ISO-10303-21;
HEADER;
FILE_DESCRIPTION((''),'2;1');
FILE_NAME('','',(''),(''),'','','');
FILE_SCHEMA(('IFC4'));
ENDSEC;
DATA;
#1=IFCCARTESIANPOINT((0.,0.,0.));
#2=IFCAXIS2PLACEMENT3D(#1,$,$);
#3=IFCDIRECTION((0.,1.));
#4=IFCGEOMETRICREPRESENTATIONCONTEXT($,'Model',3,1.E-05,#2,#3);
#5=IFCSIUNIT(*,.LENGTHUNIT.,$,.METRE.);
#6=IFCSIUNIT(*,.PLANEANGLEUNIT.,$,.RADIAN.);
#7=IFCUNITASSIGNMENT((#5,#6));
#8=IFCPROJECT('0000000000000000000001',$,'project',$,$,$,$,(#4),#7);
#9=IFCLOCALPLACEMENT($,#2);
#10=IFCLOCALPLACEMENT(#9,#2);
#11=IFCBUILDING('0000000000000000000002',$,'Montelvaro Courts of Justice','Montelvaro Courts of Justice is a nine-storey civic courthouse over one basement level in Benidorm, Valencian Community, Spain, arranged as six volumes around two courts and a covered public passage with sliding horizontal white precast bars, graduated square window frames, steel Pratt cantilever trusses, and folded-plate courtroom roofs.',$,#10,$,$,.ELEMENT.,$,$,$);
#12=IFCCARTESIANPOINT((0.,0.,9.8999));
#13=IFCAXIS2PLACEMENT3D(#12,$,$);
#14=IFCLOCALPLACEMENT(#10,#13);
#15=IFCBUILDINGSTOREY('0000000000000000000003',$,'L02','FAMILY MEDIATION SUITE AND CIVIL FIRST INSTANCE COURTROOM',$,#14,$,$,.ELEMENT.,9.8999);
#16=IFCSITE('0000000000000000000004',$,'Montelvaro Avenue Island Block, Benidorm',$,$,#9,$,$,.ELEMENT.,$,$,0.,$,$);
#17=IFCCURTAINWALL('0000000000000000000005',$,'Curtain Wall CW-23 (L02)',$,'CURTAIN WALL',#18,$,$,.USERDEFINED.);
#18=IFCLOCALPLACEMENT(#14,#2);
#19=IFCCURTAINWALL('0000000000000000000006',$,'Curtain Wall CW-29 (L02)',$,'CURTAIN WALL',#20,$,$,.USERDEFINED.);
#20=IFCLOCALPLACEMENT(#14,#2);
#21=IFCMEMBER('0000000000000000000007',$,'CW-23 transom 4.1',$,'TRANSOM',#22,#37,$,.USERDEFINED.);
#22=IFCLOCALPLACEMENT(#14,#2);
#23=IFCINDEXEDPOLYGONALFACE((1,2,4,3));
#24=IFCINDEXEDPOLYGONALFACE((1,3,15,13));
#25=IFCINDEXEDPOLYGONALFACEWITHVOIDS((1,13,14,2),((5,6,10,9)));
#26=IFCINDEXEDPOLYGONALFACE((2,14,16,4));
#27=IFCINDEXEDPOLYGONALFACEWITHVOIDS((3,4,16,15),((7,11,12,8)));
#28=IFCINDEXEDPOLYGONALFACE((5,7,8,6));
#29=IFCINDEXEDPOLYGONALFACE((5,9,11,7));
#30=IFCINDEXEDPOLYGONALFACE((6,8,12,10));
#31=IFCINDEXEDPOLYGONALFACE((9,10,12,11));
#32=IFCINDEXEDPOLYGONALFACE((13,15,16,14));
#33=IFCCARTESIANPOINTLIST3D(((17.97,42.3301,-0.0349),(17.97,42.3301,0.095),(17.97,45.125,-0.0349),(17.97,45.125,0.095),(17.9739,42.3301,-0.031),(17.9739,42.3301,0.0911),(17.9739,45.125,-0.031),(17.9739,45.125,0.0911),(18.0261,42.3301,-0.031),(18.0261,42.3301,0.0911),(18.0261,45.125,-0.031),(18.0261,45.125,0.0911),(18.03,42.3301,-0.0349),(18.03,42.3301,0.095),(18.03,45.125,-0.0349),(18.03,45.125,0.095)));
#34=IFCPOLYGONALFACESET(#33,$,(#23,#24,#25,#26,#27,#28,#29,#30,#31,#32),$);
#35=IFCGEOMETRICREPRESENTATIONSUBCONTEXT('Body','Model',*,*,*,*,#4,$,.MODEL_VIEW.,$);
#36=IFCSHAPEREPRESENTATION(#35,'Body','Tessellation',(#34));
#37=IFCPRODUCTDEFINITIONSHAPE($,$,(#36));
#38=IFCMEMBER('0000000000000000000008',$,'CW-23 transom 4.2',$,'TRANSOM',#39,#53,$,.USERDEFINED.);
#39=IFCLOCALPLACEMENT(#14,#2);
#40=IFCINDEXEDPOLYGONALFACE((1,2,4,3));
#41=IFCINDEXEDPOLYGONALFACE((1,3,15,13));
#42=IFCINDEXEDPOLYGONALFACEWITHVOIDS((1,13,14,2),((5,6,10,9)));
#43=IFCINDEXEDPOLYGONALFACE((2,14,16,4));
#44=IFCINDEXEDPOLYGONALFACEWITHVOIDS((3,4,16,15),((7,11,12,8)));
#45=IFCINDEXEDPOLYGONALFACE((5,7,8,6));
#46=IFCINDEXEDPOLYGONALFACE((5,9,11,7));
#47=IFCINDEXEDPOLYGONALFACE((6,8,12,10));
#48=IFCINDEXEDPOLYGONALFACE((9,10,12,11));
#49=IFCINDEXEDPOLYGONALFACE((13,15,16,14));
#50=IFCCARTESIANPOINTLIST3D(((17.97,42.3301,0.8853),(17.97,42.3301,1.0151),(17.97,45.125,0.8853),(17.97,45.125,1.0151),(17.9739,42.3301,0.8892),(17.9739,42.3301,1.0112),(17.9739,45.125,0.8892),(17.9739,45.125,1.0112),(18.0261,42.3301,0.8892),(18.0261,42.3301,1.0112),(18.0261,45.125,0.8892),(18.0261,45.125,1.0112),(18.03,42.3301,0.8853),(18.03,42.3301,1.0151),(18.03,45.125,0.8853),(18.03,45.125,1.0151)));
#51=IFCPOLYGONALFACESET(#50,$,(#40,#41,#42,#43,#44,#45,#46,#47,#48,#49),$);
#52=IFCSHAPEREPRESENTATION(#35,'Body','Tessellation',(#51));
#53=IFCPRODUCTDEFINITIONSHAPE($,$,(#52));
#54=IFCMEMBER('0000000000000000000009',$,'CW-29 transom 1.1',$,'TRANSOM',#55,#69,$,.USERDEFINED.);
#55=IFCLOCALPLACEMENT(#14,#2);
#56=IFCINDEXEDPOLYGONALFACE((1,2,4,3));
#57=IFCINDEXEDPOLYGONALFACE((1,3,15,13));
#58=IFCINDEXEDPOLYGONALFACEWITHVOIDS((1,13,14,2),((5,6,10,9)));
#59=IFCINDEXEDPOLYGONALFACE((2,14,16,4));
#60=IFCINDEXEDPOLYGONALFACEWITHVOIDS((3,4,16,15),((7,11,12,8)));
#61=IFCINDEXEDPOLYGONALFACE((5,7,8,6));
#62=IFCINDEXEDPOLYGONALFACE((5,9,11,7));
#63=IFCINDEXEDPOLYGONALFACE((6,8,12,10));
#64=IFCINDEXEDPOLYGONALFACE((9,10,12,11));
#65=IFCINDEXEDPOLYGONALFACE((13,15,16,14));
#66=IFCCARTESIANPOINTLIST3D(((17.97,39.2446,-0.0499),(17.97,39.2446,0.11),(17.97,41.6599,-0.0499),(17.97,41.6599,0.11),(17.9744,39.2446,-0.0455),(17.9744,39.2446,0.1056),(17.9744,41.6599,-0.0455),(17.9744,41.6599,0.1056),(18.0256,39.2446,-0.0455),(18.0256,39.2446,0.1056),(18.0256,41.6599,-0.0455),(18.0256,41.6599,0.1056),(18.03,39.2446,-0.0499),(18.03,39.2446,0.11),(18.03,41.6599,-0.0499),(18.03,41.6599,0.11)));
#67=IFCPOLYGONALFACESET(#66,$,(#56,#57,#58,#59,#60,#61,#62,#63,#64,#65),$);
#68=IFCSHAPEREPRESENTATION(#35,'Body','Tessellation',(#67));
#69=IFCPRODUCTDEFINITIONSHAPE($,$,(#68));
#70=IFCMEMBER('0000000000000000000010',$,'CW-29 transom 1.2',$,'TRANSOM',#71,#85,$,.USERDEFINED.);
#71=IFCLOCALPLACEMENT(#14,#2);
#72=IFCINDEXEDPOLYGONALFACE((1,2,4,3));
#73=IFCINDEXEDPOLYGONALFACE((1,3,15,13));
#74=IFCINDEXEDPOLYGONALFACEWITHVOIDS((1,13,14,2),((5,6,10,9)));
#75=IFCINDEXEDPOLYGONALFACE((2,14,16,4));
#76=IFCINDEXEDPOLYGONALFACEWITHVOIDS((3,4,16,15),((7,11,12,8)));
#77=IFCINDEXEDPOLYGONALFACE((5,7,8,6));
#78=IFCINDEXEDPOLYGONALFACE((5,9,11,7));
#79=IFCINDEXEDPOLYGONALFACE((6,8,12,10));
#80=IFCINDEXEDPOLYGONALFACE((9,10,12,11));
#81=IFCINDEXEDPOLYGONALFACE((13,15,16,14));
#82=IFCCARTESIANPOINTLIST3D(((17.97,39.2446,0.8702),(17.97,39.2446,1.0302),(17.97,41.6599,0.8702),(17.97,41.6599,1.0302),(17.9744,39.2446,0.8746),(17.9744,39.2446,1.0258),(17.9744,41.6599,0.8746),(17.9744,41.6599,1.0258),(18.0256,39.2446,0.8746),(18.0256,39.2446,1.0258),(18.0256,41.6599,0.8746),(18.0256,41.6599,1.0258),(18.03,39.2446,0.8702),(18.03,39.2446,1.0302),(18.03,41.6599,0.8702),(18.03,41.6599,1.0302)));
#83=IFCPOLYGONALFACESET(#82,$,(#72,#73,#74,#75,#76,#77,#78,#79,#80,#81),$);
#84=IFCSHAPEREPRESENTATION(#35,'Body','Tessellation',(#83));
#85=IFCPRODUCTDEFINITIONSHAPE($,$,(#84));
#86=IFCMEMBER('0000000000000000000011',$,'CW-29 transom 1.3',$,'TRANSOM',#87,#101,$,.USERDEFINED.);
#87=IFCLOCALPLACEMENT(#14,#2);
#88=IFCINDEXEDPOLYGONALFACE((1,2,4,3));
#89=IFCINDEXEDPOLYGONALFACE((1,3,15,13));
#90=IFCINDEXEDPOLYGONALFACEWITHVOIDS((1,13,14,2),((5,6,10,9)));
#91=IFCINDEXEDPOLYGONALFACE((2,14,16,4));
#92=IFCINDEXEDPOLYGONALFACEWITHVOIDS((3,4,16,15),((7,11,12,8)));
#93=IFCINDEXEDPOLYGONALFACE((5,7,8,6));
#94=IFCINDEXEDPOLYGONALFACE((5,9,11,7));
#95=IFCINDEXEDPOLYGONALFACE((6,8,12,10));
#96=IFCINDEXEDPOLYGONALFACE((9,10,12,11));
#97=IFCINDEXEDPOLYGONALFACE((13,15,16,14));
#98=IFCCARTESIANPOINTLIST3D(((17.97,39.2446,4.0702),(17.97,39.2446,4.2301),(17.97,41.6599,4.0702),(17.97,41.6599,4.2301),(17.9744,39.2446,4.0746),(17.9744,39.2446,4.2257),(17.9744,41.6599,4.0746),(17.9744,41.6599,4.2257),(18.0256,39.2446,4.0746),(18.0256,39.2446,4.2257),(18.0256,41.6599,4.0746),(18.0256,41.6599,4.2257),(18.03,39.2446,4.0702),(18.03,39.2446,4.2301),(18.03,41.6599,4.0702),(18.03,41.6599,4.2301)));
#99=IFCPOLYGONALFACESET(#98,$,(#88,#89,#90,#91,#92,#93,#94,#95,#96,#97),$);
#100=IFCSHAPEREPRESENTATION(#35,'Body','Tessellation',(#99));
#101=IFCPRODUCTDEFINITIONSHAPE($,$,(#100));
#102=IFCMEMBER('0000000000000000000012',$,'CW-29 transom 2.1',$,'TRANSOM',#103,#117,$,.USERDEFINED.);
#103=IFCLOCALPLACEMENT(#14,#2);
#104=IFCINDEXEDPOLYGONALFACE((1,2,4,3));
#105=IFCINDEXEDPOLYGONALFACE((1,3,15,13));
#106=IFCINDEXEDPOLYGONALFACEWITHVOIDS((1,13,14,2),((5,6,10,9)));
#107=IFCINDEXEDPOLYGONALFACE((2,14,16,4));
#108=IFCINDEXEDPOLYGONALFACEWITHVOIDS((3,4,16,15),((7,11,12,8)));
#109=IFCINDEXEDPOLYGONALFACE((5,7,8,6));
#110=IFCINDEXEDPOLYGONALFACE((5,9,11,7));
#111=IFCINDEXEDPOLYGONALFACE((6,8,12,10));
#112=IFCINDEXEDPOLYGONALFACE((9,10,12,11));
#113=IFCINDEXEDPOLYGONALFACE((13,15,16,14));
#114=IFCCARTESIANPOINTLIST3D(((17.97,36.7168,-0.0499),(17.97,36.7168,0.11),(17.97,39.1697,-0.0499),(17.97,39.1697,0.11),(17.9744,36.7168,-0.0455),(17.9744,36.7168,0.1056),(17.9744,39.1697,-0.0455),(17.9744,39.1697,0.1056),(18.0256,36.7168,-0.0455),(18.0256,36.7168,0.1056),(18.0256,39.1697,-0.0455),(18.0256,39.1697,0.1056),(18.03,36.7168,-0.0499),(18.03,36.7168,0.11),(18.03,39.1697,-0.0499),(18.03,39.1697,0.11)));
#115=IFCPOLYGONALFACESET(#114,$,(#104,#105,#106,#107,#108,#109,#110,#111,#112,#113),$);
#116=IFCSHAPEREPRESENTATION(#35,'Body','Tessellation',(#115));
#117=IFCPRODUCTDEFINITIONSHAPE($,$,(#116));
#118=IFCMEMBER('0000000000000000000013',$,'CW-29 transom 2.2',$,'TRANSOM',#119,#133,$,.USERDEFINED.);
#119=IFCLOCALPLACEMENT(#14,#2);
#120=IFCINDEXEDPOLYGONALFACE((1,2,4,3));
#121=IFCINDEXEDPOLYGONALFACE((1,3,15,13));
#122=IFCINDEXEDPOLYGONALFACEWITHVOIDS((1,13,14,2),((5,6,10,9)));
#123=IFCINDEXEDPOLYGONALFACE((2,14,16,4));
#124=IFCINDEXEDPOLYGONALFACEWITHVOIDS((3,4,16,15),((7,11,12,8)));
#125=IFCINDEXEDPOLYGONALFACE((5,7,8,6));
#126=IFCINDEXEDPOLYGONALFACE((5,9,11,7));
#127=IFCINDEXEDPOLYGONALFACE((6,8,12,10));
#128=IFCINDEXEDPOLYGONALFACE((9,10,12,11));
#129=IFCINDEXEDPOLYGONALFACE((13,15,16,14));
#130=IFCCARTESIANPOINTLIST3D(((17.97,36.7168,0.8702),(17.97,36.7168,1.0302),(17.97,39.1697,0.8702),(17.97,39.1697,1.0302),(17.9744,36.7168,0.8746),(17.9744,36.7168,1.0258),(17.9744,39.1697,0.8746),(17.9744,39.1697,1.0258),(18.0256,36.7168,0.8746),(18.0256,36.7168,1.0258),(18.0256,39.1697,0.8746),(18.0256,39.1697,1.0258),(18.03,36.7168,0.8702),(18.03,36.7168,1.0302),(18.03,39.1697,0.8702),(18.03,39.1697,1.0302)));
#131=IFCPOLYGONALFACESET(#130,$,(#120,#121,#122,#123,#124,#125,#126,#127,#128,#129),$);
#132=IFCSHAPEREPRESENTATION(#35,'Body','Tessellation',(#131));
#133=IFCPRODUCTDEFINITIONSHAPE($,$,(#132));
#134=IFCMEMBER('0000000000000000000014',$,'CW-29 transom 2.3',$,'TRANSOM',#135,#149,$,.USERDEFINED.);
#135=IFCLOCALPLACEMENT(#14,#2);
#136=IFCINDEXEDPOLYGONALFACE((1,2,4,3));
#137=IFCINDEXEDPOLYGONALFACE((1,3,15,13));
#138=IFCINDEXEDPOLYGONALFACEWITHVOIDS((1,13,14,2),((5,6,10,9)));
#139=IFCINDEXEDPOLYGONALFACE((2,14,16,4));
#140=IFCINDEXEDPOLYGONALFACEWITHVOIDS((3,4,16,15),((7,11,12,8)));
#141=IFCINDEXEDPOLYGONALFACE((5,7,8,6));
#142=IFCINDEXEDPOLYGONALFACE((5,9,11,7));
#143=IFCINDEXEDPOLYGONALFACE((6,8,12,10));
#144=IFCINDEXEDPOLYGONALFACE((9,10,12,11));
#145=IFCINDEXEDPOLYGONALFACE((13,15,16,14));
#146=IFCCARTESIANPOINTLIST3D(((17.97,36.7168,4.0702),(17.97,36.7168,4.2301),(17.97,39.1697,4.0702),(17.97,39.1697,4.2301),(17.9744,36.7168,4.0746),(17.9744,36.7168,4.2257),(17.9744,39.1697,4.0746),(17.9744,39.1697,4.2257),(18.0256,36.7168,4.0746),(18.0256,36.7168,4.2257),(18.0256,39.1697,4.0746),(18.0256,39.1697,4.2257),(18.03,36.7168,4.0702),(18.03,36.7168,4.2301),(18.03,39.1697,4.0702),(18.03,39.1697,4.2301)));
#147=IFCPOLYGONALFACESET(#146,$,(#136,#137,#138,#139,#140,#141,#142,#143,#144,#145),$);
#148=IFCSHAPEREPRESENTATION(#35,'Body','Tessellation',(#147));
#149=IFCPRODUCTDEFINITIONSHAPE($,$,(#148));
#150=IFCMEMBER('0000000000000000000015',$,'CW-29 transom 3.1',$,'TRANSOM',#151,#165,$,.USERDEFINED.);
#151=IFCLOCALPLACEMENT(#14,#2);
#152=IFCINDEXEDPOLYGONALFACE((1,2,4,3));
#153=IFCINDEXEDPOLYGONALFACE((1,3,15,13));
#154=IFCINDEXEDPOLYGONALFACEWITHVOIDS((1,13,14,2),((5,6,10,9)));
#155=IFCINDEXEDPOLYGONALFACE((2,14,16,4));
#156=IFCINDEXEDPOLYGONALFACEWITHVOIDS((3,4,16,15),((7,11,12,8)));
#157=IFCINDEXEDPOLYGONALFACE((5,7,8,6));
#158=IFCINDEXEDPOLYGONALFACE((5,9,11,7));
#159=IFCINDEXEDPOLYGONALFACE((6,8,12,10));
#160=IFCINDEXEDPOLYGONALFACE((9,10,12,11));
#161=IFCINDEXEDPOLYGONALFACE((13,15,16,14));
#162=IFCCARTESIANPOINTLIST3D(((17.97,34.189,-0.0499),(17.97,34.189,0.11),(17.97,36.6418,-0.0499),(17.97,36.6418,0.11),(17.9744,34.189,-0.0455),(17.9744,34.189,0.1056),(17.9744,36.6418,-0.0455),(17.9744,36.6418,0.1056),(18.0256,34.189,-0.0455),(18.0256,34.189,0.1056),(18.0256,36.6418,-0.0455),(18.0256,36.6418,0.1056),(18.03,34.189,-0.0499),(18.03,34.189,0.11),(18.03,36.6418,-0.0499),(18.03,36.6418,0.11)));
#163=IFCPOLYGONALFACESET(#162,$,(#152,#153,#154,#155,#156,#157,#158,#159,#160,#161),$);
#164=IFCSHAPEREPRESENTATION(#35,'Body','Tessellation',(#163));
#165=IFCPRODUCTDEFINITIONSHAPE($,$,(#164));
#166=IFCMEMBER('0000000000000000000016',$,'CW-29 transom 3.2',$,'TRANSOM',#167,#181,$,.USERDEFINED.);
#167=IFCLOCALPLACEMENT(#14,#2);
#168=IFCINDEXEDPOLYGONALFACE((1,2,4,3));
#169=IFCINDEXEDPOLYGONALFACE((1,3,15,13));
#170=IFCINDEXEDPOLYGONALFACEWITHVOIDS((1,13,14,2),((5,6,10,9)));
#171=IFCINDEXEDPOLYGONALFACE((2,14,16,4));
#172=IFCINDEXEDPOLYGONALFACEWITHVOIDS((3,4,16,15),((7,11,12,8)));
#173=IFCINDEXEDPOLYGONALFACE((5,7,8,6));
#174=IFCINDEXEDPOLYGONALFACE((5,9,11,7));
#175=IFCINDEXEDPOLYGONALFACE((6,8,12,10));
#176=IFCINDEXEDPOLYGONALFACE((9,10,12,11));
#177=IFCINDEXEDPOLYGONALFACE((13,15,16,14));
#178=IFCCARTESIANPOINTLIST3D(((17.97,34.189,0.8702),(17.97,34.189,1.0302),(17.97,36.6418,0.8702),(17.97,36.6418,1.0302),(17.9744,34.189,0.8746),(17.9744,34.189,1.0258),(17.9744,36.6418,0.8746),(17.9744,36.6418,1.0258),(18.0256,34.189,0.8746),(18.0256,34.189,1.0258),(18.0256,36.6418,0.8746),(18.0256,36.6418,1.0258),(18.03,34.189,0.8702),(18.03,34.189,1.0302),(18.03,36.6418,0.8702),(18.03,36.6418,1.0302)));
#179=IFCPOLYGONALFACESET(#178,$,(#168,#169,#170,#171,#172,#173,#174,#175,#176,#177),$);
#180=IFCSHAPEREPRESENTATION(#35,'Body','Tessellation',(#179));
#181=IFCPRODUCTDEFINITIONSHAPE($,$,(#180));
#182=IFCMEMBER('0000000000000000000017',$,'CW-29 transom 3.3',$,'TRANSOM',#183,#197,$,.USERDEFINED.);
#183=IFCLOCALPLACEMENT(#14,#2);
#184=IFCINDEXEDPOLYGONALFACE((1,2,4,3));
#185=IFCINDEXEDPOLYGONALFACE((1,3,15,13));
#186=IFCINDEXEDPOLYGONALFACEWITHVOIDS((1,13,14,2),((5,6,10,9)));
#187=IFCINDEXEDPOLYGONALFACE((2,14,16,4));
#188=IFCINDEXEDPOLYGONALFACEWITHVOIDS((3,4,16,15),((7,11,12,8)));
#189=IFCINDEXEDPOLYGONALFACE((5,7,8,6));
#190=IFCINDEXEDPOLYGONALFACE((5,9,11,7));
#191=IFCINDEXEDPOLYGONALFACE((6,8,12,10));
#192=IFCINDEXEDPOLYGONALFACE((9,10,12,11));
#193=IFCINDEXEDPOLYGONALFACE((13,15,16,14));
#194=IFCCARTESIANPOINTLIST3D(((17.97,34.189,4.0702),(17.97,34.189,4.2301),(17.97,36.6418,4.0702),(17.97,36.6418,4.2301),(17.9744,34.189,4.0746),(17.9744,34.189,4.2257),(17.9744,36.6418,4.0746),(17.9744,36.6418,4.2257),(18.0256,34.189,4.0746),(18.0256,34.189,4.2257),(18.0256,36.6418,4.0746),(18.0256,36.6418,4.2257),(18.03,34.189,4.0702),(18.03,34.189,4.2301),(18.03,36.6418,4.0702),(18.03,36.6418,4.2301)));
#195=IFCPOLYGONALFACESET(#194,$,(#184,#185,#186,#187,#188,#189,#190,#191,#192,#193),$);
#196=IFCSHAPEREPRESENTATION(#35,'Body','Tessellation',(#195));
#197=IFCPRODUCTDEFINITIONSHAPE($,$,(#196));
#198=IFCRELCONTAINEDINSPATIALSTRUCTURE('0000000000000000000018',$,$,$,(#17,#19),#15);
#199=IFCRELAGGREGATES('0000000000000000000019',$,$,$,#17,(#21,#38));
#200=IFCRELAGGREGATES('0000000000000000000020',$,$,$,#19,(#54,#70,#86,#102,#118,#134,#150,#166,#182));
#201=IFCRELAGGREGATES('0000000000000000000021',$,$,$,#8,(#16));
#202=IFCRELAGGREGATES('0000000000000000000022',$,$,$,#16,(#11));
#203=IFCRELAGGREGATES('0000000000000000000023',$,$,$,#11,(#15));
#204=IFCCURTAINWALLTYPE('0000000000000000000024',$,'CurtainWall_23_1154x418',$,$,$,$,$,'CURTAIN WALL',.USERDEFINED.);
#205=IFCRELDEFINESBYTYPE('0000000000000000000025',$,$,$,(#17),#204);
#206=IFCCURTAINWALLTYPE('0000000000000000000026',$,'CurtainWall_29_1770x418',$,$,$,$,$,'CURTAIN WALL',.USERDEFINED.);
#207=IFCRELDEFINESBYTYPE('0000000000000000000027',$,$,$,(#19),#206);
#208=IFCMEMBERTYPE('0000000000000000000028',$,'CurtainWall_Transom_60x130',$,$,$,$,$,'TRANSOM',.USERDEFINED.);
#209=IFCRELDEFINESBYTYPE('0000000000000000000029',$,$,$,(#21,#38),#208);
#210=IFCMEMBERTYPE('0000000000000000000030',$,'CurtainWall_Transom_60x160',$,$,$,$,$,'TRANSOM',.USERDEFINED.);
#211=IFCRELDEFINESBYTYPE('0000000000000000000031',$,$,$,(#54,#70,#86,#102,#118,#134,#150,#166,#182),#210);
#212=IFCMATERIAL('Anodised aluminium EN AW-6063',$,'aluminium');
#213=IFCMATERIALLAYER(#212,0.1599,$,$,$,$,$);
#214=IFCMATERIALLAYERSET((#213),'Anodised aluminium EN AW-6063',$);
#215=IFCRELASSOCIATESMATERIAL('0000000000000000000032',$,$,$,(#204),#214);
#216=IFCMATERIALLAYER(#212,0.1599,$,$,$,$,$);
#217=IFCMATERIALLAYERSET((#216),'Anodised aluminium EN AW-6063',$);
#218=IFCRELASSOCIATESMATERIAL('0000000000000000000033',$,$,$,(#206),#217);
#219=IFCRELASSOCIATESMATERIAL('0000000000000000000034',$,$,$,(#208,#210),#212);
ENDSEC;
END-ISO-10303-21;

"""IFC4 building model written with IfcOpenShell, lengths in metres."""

from ifc_helpers import new_model, si_unit, direction, frame, origin, origin_2d, place, context, subcontext, project, spatial, hollow_rectangle, extrude, material, layer, layer_set, material_profile, profile_set, type_object, element, aggregate, save


model = new_model("IFC4")

# Units and contexts
model_context = context("Model", 3, precision=1e-05, world=origin(), true_north=direction((0.0, 1.0)))
body_context = subcontext(model_context, "Body", "Model", "MODEL_VIEW")
ifc_project = project(units=[si_unit("LENGTHUNIT", "METRE"), si_unit("PLANEANGLEUNIT", "RADIAN")], contexts=[model_context])

# Site, building, storey
site_placement = place(None, origin())
site = spatial("IfcSite", under=ifc_project, at=site_placement, Name="Montelvaro Avenue Island Block, Benidorm", CompositionType="ELEMENT", RefElevation=0.0)
building_placement = place(site_placement, origin())
building = spatial("IfcBuilding", under=site, at=building_placement, Name="Montelvaro Courts of Justice", Description="Montelvaro Courts of Justice is a nine-storey civic courthouse over one basement level in Benidorm, Valencian Community, Spain, arranged as six volumes around two courts and a covered public passage with sliding horizontal white precast bars, graduated square window frames, steel Pratt cantilever trusses, and folded-plate courtroom roofs.", CompositionType="ELEMENT")
storey_placement = place(building_placement, frame((0.0, 0.0, 9.8999)))
storey = spatial("IfcBuildingStorey", under=building, at=storey_placement, Name="L02", Description="FAMILY MEDIATION SUITE AND CIVIL FIRST INSTANCE COURTROOM", CompositionType="ELEMENT", Elevation=9.8999)

# Curtain wall
ifc_material_1 = material(Name="Anodised aluminium EN AW-6063", Category="aluminium")
ifc_layer_1 = layer(ifc_material_1, 0.1599)
ifc_layer_set_1 = layer_set([ifc_layer_1], Name="Anodised aluminium EN AW-6063")
curtain_wall_type_1 = type_object("IfcCurtainWallType", Name="CurtainWall_23_1154x418", ElementType="CURTAIN WALL", PredefinedType="USERDEFINED", material=ifc_layer_set_1)
curtain_wall_1_placement = place(storey_placement, origin())
curtain_wall_1 = element("IfcCurtainWall", 1, at=curtain_wall_1_placement, inside=storey, type_object=curtain_wall_type_1, Name="Curtain Wall CW-23 (L02)", ObjectType="CURTAIN WALL", PredefinedType="USERDEFINED")

# Curtain wall
ifc_layer_2 = layer(ifc_material_1, 0.1599)
ifc_layer_set_2 = layer_set([ifc_layer_2], Name="Anodised aluminium EN AW-6063")
curtain_wall_type_2 = type_object("IfcCurtainWallType", Name="CurtainWall_29_1770x418", ElementType="CURTAIN WALL", PredefinedType="USERDEFINED", material=ifc_layer_set_2)
curtain_wall_2_placement = place(storey_placement, origin())
curtain_wall_2 = element("IfcCurtainWall", 2, at=curtain_wall_2_placement, inside=storey, type_object=curtain_wall_type_2, Name="Curtain Wall CW-29 (L02)", ObjectType="CURTAIN WALL", PredefinedType="USERDEFINED")

# Members
ifc_material_profile_1 = material_profile(ifc_material_1, hollow_rectangle(XDim=0.0601, YDim=0.1299, WallThickness=0.0039, at=origin_2d()), Name="ALU-T 60x130")
ifc_profile_set_1 = profile_set([ifc_material_profile_1], Name="Anodised aluminium EN AW-6063")
member_type_1 = type_object("IfcMemberType", Name="CurtainWall_Transom_60x130", ElementType="TRANSOM", PredefinedType="USERDEFINED", material=ifc_profile_set_1)
member_1_placement = place(storey_placement, frame((18.0, 45.125, 0.03), z_axis=(0.0, -1.0, 0.0), x_axis=(1.0, 0.0, 0.0)))
member_1 = element("IfcMember", 3, at=member_1_placement, type_object=member_type_1, Name="CW-23 transom 4.1", ObjectType="TRANSOM", PredefinedType="USERDEFINED", context=body_context, shape_type="SweptSolid", body=[
    extrude(hollow_rectangle(XDim=0.0601, YDim=0.1299, WallThickness=0.0039, at=origin_2d()), origin(), (0.0, 0.0, 1.0), 2.7949),
])
member_2_placement = place(storey_placement, frame((18.0, 45.125, 0.9502), z_axis=(0.0, -1.0, 0.0), x_axis=(1.0, 0.0, 0.0)))
member_2 = element("IfcMember", 4, at=member_2_placement, type_object=member_type_1, Name="CW-23 transom 4.2", ObjectType="TRANSOM", PredefinedType="USERDEFINED", context=body_context, shape_type="SweptSolid", body=[
    extrude(hollow_rectangle(XDim=0.0601, YDim=0.1299, WallThickness=0.0039, at=origin_2d()), origin(), (0.0, 0.0, 1.0), 2.7949),
])
ifc_material_profile_2 = material_profile(ifc_material_1, hollow_rectangle(XDim=0.0601, YDim=0.1599, WallThickness=0.0044, at=origin_2d()), Name="ALU-T 60x160")
ifc_profile_set_2 = profile_set([ifc_material_profile_2], Name="Anodised aluminium EN AW-6063")
member_type_2 = type_object("IfcMemberType", Name="CurtainWall_Transom_60x160", ElementType="TRANSOM", PredefinedType="USERDEFINED", material=ifc_profile_set_2)
member_3_placement = place(storey_placement, frame((18.0, 41.6599, 0.03), z_axis=(0.0, -1.0, 0.0), x_axis=(1.0, 0.0, 0.0)))
member_3 = element("IfcMember", 5, at=member_3_placement, type_object=member_type_2, Name="CW-29 transom 1.1", ObjectType="TRANSOM", PredefinedType="USERDEFINED", context=body_context, shape_type="SweptSolid", body=[
    extrude(hollow_rectangle(XDim=0.0601, YDim=0.1599, WallThickness=0.0044, at=origin_2d()), origin(), (0.0, 0.0, 1.0), 2.4153),
])
member_4_placement = place(storey_placement, frame((18.0, 41.6599, 0.9502), z_axis=(0.0, -1.0, 0.0), x_axis=(1.0, 0.0, 0.0)))
member_4 = element("IfcMember", 6, at=member_4_placement, type_object=member_type_2, Name="CW-29 transom 1.2", ObjectType="TRANSOM", PredefinedType="USERDEFINED", context=body_context, shape_type="SweptSolid", body=[
    extrude(hollow_rectangle(XDim=0.0601, YDim=0.1599, WallThickness=0.0044, at=origin_2d()), origin(), (0.0, 0.0, 1.0), 2.4153),
])
member_5_placement = place(storey_placement, frame((18.0, 41.6599, 4.1501), z_axis=(0.0, -1.0, 0.0), x_axis=(1.0, 0.0, 0.0)))
member_5 = element("IfcMember", 7, at=member_5_placement, type_object=member_type_2, Name="CW-29 transom 1.3", ObjectType="TRANSOM", PredefinedType="USERDEFINED", context=body_context, shape_type="SweptSolid", body=[
    extrude(hollow_rectangle(XDim=0.0601, YDim=0.1599, WallThickness=0.0044, at=origin_2d()), origin(), (0.0, 0.0, 1.0), 2.4153),
])
member_6_placement = place(storey_placement, frame((18.0, 39.1697, 0.03), z_axis=(0.0, -1.0, 0.0), x_axis=(1.0, 0.0, 0.0)))
member_6 = element("IfcMember", 8, at=member_6_placement, type_object=member_type_2, Name="CW-29 transom 2.1", ObjectType="TRANSOM", PredefinedType="USERDEFINED", context=body_context, shape_type="SweptSolid", body=[
    extrude(hollow_rectangle(XDim=0.0601, YDim=0.1599, WallThickness=0.0044, at=origin_2d()), origin(), (0.0, 0.0, 1.0), 2.4529),
])
member_7_placement = place(storey_placement, frame((18.0, 39.1697, 0.9502), z_axis=(0.0, -1.0, 0.0), x_axis=(1.0, 0.0, 0.0)))
member_7 = element("IfcMember", 9, at=member_7_placement, type_object=member_type_2, Name="CW-29 transom 2.2", ObjectType="TRANSOM", PredefinedType="USERDEFINED", context=body_context, shape_type="SweptSolid", body=[
    extrude(hollow_rectangle(XDim=0.0601, YDim=0.1599, WallThickness=0.0044, at=origin_2d()), origin(), (0.0, 0.0, 1.0), 2.4529),
])
member_8_placement = place(storey_placement, frame((18.0, 39.1697, 4.1501), z_axis=(0.0, -1.0, 0.0), x_axis=(1.0, 0.0, 0.0)))
member_8 = element("IfcMember", 10, at=member_8_placement, type_object=member_type_2, Name="CW-29 transom 2.3", ObjectType="TRANSOM", PredefinedType="USERDEFINED", context=body_context, shape_type="SweptSolid", body=[
    extrude(hollow_rectangle(XDim=0.0601, YDim=0.1599, WallThickness=0.0044, at=origin_2d()), origin(), (0.0, 0.0, 1.0), 2.4529),
])
member_9_placement = place(storey_placement, frame((18.0, 36.6418, 0.03), z_axis=(0.0, -1.0, 0.0), x_axis=(1.0, 0.0, 0.0)))
member_9 = element("IfcMember", 11, at=member_9_placement, type_object=member_type_2, Name="CW-29 transom 3.1", ObjectType="TRANSOM", PredefinedType="USERDEFINED", context=body_context, shape_type="SweptSolid", body=[
    extrude(hollow_rectangle(XDim=0.0601, YDim=0.1599, WallThickness=0.0044, at=origin_2d()), origin(), (0.0, 0.0, 1.0), 2.4529),
])
member_10_placement = place(storey_placement, frame((18.0, 36.6418, 0.9502), z_axis=(0.0, -1.0, 0.0), x_axis=(1.0, 0.0, 0.0)))
member_10 = element("IfcMember", 12, at=member_10_placement, type_object=member_type_2, Name="CW-29 transom 3.2", ObjectType="TRANSOM", PredefinedType="USERDEFINED", context=body_context, shape_type="SweptSolid", body=[
    extrude(hollow_rectangle(XDim=0.0601, YDim=0.1599, WallThickness=0.0044, at=origin_2d()), origin(), (0.0, 0.0, 1.0), 2.4529),
])
member_11_placement = place(storey_placement, frame((18.0, 36.6418, 4.1501), z_axis=(0.0, -1.0, 0.0), x_axis=(1.0, 0.0, 0.0)))
member_11 = element("IfcMember", 13, at=member_11_placement, type_object=member_type_2, Name="CW-29 transom 3.3", ObjectType="TRANSOM", PredefinedType="USERDEFINED", context=body_context, shape_type="SweptSolid", body=[
    extrude(hollow_rectangle(XDim=0.0601, YDim=0.1599, WallThickness=0.0044, at=origin_2d()), origin(), (0.0, 0.0, 1.0), 2.4529),
])

aggregate(curtain_wall_1, [member_1, member_2])
aggregate(curtain_wall_2, [member_3, member_4, member_5, member_6, member_7, member_8, member_9, member_10, member_11])

save(model, "model.ifc")
